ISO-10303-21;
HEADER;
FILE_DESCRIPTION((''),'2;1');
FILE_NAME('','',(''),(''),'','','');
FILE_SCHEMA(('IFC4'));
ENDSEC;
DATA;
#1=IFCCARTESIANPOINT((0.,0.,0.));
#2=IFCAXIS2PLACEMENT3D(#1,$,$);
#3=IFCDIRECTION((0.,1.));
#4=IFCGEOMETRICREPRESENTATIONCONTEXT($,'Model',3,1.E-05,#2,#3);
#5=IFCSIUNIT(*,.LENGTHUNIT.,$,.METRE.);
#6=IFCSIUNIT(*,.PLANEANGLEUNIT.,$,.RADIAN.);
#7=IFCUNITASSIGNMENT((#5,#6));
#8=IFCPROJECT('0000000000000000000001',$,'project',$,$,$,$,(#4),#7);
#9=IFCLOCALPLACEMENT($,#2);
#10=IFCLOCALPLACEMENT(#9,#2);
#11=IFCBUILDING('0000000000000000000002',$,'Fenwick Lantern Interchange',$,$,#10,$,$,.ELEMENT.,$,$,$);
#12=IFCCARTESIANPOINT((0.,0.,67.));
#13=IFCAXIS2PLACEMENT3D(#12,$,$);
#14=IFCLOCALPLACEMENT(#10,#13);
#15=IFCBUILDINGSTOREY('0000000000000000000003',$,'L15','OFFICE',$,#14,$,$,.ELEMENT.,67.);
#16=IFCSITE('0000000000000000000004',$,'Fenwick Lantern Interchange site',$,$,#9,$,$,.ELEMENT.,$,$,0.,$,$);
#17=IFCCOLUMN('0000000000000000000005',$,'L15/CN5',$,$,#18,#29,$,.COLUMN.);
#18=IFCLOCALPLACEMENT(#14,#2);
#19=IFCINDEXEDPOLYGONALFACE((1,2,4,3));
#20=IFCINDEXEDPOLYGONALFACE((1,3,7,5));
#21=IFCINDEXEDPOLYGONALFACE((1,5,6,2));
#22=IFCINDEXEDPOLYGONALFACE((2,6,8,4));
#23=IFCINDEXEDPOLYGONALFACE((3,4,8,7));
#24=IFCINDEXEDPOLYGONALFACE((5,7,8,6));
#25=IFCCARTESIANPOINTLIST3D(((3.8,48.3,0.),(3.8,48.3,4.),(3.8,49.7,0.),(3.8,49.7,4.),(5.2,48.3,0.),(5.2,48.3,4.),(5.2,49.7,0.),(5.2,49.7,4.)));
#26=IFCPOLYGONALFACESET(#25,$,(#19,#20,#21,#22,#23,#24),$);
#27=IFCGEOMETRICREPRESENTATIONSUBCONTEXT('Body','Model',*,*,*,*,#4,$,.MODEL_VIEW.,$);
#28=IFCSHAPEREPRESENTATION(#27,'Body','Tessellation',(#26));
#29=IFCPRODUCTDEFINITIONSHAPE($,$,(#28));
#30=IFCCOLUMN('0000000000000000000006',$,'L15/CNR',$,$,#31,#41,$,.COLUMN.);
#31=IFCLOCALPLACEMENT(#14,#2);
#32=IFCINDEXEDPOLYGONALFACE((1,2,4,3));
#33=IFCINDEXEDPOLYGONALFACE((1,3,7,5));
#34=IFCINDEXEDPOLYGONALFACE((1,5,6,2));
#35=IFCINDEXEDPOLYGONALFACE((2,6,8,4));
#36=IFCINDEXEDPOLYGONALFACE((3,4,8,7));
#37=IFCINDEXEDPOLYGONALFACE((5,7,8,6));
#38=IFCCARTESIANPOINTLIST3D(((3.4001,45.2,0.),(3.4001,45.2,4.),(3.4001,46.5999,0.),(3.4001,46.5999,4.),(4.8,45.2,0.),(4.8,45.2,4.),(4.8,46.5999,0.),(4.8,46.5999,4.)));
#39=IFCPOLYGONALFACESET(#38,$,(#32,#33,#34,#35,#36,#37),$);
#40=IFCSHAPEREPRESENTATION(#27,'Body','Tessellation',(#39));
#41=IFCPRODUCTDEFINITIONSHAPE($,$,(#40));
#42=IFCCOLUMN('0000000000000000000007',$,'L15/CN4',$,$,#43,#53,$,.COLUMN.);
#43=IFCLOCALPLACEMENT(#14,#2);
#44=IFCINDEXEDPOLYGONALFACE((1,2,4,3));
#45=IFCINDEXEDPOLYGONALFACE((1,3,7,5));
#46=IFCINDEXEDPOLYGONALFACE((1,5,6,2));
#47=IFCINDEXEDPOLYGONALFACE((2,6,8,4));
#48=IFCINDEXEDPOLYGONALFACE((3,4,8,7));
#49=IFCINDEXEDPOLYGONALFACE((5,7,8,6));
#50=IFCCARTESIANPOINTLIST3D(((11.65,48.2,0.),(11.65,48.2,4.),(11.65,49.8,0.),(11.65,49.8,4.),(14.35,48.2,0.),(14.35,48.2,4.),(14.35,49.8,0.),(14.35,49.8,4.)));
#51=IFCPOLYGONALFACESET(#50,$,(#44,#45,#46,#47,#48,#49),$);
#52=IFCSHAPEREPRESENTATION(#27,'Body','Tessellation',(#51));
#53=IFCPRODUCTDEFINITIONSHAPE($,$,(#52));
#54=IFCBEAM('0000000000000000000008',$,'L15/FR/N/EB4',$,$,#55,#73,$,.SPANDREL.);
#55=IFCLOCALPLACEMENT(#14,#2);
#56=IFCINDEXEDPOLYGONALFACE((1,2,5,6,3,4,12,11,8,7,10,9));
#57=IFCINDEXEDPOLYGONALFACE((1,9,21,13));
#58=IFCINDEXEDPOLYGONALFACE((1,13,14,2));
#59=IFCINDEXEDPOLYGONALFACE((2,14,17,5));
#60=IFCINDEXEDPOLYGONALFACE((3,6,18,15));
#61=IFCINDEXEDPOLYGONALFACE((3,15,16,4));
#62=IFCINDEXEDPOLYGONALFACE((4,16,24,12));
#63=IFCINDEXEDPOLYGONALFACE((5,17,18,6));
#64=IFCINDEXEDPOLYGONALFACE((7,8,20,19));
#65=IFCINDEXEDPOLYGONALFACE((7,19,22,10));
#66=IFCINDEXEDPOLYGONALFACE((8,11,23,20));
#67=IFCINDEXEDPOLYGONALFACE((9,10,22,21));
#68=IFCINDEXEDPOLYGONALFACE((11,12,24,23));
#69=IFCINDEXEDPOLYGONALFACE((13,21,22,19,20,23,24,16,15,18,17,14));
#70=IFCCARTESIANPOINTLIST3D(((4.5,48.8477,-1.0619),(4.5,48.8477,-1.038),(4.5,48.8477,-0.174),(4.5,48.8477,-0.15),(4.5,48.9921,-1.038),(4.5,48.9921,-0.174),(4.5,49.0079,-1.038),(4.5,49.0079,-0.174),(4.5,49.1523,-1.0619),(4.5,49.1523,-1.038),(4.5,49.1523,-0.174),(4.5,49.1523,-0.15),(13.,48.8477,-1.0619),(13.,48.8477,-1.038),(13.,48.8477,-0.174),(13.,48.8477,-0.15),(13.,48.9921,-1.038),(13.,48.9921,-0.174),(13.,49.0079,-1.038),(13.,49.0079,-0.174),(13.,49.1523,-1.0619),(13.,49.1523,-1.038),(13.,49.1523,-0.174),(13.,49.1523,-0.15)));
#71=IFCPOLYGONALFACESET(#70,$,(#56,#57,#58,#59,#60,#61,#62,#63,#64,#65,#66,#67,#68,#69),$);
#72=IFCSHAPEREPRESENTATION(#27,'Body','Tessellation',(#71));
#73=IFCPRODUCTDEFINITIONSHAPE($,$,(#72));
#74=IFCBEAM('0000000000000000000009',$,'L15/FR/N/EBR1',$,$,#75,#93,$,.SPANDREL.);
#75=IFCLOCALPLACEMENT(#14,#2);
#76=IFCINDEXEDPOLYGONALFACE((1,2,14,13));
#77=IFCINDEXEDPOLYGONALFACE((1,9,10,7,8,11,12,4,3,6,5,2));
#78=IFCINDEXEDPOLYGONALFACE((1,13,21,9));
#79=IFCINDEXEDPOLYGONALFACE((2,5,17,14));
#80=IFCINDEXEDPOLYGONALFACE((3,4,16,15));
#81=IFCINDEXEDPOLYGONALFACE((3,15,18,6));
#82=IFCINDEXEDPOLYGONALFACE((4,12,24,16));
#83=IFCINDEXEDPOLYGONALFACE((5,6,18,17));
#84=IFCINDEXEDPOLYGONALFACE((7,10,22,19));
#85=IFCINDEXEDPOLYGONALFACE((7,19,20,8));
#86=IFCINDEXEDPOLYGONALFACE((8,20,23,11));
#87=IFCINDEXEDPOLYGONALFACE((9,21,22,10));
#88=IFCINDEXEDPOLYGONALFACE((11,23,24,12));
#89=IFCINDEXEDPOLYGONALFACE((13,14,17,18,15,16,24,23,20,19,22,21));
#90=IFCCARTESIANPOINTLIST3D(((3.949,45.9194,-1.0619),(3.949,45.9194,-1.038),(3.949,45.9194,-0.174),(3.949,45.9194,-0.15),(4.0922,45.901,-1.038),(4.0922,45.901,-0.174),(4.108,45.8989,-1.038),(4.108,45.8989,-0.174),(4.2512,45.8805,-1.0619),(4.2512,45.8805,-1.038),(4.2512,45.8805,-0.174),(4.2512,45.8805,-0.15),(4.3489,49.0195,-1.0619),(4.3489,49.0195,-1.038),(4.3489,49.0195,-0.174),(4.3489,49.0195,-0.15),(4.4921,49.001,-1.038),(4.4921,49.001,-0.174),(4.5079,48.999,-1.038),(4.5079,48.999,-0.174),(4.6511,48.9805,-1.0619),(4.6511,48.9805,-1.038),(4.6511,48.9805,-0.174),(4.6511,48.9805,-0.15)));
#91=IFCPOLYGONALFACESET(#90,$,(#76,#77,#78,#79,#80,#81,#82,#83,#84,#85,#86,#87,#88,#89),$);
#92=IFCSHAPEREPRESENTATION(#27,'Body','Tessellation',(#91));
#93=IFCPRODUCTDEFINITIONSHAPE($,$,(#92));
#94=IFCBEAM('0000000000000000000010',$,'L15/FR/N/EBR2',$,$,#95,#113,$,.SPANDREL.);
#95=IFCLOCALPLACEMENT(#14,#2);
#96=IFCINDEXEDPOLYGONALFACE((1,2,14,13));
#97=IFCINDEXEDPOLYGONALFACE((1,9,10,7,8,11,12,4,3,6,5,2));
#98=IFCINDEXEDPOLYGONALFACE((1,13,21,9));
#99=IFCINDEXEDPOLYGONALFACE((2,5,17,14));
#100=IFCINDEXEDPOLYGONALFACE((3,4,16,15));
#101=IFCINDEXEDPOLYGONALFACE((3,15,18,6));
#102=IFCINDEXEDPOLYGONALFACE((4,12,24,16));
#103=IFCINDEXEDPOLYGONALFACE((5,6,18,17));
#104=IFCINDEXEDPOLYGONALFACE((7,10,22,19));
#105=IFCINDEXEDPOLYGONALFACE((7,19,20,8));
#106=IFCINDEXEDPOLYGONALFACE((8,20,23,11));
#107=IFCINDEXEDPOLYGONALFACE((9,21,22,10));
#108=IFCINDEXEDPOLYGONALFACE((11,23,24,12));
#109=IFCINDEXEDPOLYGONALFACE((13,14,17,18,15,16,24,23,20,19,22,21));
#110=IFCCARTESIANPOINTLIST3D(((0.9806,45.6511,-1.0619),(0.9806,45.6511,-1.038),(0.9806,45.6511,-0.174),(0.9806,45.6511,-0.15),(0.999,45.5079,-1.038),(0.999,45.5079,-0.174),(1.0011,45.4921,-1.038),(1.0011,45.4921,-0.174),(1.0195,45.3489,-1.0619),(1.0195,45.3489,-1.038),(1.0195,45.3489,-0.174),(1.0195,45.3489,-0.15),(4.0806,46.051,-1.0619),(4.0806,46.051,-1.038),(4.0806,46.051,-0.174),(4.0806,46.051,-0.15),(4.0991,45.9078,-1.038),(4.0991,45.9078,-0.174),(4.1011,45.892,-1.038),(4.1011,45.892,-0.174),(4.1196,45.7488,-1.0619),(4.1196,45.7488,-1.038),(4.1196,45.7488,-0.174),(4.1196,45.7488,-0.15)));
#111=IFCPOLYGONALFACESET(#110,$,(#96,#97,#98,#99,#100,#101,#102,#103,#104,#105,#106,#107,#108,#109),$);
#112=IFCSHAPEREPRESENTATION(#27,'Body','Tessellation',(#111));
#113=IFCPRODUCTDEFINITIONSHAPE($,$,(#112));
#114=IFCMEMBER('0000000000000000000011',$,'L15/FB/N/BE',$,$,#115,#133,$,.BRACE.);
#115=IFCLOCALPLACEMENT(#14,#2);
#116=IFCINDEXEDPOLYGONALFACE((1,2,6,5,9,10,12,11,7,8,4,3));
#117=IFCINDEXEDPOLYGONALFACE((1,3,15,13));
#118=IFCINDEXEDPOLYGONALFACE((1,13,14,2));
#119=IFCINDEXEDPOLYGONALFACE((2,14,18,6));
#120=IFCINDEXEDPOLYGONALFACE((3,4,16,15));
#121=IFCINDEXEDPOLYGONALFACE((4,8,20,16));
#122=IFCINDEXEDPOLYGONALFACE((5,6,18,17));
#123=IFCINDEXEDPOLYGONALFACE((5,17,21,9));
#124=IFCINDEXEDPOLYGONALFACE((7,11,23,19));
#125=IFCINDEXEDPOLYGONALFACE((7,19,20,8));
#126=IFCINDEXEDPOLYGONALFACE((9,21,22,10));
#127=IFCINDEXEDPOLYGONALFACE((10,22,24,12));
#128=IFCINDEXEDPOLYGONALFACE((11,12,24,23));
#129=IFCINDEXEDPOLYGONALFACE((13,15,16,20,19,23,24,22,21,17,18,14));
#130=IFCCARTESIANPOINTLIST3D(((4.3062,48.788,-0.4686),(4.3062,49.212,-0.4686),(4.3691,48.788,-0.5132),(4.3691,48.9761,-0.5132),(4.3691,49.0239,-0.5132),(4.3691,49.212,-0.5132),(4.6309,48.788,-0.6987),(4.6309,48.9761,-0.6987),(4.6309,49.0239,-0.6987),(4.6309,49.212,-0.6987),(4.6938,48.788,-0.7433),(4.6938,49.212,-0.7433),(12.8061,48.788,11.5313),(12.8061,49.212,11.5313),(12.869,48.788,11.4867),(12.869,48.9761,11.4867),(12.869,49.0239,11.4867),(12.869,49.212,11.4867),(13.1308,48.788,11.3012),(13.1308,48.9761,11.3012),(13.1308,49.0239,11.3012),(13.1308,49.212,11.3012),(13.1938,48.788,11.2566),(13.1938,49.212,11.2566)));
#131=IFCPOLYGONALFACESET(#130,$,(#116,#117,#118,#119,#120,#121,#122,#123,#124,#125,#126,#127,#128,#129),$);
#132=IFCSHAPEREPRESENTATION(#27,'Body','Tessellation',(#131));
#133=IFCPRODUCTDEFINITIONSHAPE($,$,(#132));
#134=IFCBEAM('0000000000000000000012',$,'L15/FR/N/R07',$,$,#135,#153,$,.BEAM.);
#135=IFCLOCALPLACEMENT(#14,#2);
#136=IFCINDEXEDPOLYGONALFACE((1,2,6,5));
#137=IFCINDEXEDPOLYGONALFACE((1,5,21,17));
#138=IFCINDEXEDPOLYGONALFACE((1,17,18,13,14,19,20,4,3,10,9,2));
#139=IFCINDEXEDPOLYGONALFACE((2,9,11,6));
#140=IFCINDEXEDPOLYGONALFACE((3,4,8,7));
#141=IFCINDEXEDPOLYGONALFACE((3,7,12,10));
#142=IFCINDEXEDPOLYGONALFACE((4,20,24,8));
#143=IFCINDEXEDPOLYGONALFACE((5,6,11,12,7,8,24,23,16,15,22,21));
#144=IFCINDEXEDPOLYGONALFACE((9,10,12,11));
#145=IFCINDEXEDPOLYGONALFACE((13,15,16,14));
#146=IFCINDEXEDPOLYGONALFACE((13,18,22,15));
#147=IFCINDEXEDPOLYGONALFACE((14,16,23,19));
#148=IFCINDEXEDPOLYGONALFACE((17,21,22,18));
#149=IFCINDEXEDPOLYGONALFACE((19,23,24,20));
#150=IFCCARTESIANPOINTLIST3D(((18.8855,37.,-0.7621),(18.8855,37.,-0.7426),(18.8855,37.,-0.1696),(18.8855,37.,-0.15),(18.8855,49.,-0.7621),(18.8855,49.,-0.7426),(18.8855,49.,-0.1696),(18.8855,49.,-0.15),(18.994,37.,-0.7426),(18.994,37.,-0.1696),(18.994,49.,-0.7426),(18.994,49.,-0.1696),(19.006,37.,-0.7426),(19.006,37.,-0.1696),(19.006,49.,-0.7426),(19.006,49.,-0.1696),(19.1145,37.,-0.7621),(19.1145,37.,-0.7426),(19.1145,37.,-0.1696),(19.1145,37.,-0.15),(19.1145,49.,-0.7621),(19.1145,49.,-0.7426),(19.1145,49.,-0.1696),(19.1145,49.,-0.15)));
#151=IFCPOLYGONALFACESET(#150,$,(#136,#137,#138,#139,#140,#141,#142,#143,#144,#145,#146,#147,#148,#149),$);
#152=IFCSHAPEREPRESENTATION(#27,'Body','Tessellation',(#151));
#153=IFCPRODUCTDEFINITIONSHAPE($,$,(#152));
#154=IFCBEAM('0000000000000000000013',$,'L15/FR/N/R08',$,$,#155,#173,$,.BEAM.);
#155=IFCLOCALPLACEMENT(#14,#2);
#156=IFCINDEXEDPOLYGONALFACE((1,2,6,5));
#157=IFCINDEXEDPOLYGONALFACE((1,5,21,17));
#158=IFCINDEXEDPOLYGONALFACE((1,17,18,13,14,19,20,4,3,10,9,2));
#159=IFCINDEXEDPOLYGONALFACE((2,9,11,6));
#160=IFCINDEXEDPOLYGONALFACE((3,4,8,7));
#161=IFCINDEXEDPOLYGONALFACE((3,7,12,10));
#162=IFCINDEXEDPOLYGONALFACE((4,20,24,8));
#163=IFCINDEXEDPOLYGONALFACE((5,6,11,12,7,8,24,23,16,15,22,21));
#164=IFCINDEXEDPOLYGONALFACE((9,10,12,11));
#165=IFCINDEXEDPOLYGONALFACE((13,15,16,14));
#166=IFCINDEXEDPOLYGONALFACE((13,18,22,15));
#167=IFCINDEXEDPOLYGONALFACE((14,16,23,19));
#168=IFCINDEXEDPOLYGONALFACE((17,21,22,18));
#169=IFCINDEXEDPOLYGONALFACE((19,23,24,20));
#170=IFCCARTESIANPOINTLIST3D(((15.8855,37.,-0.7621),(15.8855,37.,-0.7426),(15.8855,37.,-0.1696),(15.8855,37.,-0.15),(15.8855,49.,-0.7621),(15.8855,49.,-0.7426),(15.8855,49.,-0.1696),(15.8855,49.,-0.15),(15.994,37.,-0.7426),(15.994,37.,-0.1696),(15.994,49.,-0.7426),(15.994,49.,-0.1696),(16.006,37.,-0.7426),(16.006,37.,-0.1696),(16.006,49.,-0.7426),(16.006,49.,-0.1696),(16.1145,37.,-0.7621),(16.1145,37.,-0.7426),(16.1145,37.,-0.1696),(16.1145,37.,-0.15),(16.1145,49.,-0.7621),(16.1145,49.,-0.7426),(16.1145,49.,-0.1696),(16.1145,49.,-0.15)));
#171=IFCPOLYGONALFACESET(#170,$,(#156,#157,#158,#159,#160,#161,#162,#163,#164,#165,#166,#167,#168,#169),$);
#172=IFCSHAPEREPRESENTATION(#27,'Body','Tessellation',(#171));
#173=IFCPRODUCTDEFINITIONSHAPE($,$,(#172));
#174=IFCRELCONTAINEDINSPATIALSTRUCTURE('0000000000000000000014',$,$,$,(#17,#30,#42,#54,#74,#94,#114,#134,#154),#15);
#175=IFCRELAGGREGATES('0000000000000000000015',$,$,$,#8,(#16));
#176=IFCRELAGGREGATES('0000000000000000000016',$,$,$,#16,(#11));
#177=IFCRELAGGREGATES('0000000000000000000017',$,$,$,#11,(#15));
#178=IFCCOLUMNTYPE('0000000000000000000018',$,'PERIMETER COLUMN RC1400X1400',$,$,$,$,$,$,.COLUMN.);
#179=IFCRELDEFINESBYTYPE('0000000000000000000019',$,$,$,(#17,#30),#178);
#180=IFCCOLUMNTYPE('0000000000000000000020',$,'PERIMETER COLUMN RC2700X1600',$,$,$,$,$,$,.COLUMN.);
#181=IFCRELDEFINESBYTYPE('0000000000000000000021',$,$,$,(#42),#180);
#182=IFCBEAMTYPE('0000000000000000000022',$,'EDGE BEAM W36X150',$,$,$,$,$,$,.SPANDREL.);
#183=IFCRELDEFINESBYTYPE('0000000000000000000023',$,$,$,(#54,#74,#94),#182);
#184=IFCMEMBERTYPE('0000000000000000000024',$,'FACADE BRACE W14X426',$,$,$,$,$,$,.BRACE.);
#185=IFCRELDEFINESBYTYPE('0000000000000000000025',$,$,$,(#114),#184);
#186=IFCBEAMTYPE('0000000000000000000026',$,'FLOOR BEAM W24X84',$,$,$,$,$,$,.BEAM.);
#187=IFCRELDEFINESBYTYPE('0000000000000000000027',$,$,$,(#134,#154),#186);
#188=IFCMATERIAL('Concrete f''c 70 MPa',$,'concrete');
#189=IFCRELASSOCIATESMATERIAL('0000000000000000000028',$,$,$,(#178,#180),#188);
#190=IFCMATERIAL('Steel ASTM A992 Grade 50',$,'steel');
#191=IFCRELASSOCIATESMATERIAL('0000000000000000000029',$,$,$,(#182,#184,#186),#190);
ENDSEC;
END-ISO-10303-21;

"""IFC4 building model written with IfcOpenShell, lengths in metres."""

from ifc_helpers import new_model, si_unit, direction, frame, origin, origin_2d, place, context, subcontext, project, spatial, rectangle, i_section, extrude, material, material_profile, profile_set, type_object, element, save


model = new_model("IFC4")

# Units and contexts
model_context = context("Model", 3, precision=1e-05, world=origin(), true_north=direction((0.0, 1.0)))
body_context = subcontext(model_context, "Body", "Model", "MODEL_VIEW")
ifc_project = project(units=[si_unit("LENGTHUNIT", "METRE"), si_unit("PLANEANGLEUNIT", "RADIAN")], contexts=[model_context])

# Site, building, storey
site_placement = place(None, origin())
site = spatial("IfcSite", under=ifc_project, at=site_placement, Name="Fenwick Lantern Interchange site", CompositionType="ELEMENT", RefElevation=0.0)
building_placement = place(site_placement, origin())
building = spatial("IfcBuilding", under=site, at=building_placement, Name="Fenwick Lantern Interchange", CompositionType="ELEMENT")
storey_placement = place(building_placement, frame((0.0, 0.0, 67.0)))
storey = spatial("IfcBuildingStorey", under=building, at=storey_placement, Name="L15", Description="OFFICE", CompositionType="ELEMENT", Elevation=67.0)

# Columns
ifc_material_1 = material(Name="Concrete f'c 70 MPa", Category="concrete")
ifc_material_profile_1 = material_profile(ifc_material_1, rectangle(XDim=1.3999, YDim=1.3999, at=origin_2d()), Name="RC1400X1400")
ifc_profile_set_1 = profile_set([ifc_material_profile_1], Name="Concrete f'c 70 MPa")
column_type_1 = type_object("IfcColumnType", Name="PERIMETER COLUMN RC1400X1400", PredefinedType="COLUMN", material=ifc_profile_set_1)
for number, where, z_axis, x_axis, name in (
    (1, (4.5, 49.0, 0.0), (0.0, 0.0, 1.0), (1.0, 0.0, 0.0), "L15/CN5"),
    (2, (4.1001, 45.8999, 0.0), (0.0, 0.0, 1.0), (1.0, 0.0, 0.0), "L15/CNR"),
):
    element("IfcColumn", number, at=place(storey_placement, frame(where, z_axis=z_axis, x_axis=x_axis)), inside=storey, type_object=column_type_1, Name=name, PredefinedType="COLUMN", context=body_context, shape_type="SweptSolid", body=[
        extrude(rectangle(XDim=1.3999, YDim=1.3999, at=origin_2d()), origin(), (0.0, 0.0, 1.0), 4.0),
    ])
ifc_material_profile_2 = material_profile(ifc_material_1, rectangle(XDim=2.7, YDim=1.6001, at=origin_2d()), Name="RC2700X1600")
ifc_profile_set_2 = profile_set([ifc_material_profile_2], Name="Concrete f'c 70 MPa")
column_type_2 = type_object("IfcColumnType", Name="PERIMETER COLUMN RC2700X1600", PredefinedType="COLUMN", material=ifc_profile_set_2)
column_placement = place(storey_placement, frame((13.0, 49.0, 0.0), z_axis=(0.0, 0.0, 1.0), x_axis=(1.0, 0.0, 0.0)))
element("IfcColumn", 3, at=column_placement, inside=storey, type_object=column_type_2, Name="L15/CN4", PredefinedType="COLUMN", context=body_context, shape_type="SweptSolid", body=[
    extrude(rectangle(XDim=2.7, YDim=1.6001, at=origin_2d()), origin(), (0.0, 0.0, 1.0), 4.0),
])

# Beams
ifc_material_2 = material(Name="Steel ASTM A992 Grade 50", Category="steel")
ifc_material_profile_3 = material_profile(ifc_material_2, i_section(OverallWidth=0.3047, OverallDepth=0.9119, WebThickness=0.0159, FlangeThickness=0.0239, at=origin_2d()), Name="W36X150")
ifc_profile_set_3 = profile_set([ifc_material_profile_3], Name="Steel ASTM A992 Grade 50")
beam_type_1 = type_object("IfcBeamType", Name="EDGE BEAM W36X150", PredefinedType="SPANDREL", material=ifc_profile_set_3)
beam_1_placement = place(storey_placement, frame((13.0, 49.0, -0.606), z_axis=(-1.0, 0.0, 0.0), x_axis=(0.0, -1.0, 0.0)))
element("IfcBeam", 4, at=beam_1_placement, inside=storey, type_object=beam_type_1, Name="L15/FR/N/EB4", PredefinedType="SPANDREL", context=body_context, shape_type="SweptSolid", body=[
    extrude(i_section(OverallWidth=0.3047, OverallDepth=0.9119, WebThickness=0.0159, FlangeThickness=0.0239, at=origin_2d()), origin(), (0.0, 0.0, 1.0), 8.5),
])
for number, where, z_axis, x_axis, name in (
    (5, (4.5, 49.0, -0.606), (-0.127937, -0.991782, 0.0), (0.991782, -0.127937, 0.0), "L15/FR/N/EBR1"),
    (6, (4.1001, 45.8999, -0.606), (-0.991782, -0.127937, 0.0), (0.127937, -0.991782, 0.0), "L15/FR/N/EBR2"),
):
    element("IfcBeam", number, at=place(storey_placement, frame(where, z_axis=z_axis, x_axis=x_axis)), inside=storey, type_object=beam_type_1, Name=name, PredefinedType="SPANDREL", context=body_context, shape_type="SweptSolid", body=[
        extrude(i_section(OverallWidth=0.3047, OverallDepth=0.9119, WebThickness=0.0159, FlangeThickness=0.0239, at=origin_2d()), origin(), (0.0, 0.0, 1.0), 3.1257),
    ])

# Member
ifc_material_profile_4 = material_profile(ifc_material_2, i_section(OverallWidth=0.4241, OverallDepth=0.4751, WebThickness=0.0479, FlangeThickness=0.0771, at=origin_2d()), Name="W14X426")
ifc_profile_set_4 = profile_set([ifc_material_profile_4], Name="Steel ASTM A992 Grade 50")
member_type_1 = type_object("IfcMemberType", Name="FACADE BRACE W14X426", PredefinedType="BRACE", material=ifc_profile_set_4)
member_1_placement = place(storey_placement, frame((4.5, 49.0, -0.606), z_axis=(0.578017, 0.0, 0.816024), x_axis=(0.0, 1.0, 0.0)))
element("IfcMember", 7, at=member_1_placement, inside=storey, type_object=member_type_1, Name="L15/FB/N/BE", PredefinedType="BRACE", context=body_context, shape_type="SweptSolid", body=[
    extrude(i_section(OverallWidth=0.4241, OverallDepth=0.4751, WebThickness=0.0479, FlangeThickness=0.0771, at=origin_2d()), origin(), (0.0, 0.0, 1.0), 14.7053),
])

# Beams
ifc_material_profile_5 = material_profile(ifc_material_2, i_section(OverallWidth=0.229, OverallDepth=0.6121, WebThickness=0.012, FlangeThickness=0.0195, at=origin_2d()), Name="W24X84")
ifc_profile_set_5 = profile_set([ifc_material_profile_5], Name="Steel ASTM A992 Grade 50")
beam_type_2 = type_object("IfcBeamType", Name="FLOOR BEAM W24X84", PredefinedType="BEAM", material=ifc_profile_set_5)
for number, where, z_axis, x_axis, name in (
    (8, (19.0, 49.0, -0.4561), (0.0, -1.0, 0.0), (1.0, 0.0, 0.0), "L15/FR/N/R07"),
    (9, (16.0, 49.0, -0.4561), (0.0, -1.0, 0.0), (1.0, 0.0, 0.0), "L15/FR/N/R08"),
):
    element("IfcBeam", number, at=place(storey_placement, frame(where, z_axis=z_axis, x_axis=x_axis)), inside=storey, type_object=beam_type_2, Name=name, PredefinedType="BEAM", context=body_context, shape_type="SweptSolid", body=[
        extrude(i_section(OverallWidth=0.229, OverallDepth=0.6121, WebThickness=0.012, FlangeThickness=0.0195, at=origin_2d()), origin(), (0.0, 0.0, 1.0), 12.0),
    ])

save(model, "model.ifc")
